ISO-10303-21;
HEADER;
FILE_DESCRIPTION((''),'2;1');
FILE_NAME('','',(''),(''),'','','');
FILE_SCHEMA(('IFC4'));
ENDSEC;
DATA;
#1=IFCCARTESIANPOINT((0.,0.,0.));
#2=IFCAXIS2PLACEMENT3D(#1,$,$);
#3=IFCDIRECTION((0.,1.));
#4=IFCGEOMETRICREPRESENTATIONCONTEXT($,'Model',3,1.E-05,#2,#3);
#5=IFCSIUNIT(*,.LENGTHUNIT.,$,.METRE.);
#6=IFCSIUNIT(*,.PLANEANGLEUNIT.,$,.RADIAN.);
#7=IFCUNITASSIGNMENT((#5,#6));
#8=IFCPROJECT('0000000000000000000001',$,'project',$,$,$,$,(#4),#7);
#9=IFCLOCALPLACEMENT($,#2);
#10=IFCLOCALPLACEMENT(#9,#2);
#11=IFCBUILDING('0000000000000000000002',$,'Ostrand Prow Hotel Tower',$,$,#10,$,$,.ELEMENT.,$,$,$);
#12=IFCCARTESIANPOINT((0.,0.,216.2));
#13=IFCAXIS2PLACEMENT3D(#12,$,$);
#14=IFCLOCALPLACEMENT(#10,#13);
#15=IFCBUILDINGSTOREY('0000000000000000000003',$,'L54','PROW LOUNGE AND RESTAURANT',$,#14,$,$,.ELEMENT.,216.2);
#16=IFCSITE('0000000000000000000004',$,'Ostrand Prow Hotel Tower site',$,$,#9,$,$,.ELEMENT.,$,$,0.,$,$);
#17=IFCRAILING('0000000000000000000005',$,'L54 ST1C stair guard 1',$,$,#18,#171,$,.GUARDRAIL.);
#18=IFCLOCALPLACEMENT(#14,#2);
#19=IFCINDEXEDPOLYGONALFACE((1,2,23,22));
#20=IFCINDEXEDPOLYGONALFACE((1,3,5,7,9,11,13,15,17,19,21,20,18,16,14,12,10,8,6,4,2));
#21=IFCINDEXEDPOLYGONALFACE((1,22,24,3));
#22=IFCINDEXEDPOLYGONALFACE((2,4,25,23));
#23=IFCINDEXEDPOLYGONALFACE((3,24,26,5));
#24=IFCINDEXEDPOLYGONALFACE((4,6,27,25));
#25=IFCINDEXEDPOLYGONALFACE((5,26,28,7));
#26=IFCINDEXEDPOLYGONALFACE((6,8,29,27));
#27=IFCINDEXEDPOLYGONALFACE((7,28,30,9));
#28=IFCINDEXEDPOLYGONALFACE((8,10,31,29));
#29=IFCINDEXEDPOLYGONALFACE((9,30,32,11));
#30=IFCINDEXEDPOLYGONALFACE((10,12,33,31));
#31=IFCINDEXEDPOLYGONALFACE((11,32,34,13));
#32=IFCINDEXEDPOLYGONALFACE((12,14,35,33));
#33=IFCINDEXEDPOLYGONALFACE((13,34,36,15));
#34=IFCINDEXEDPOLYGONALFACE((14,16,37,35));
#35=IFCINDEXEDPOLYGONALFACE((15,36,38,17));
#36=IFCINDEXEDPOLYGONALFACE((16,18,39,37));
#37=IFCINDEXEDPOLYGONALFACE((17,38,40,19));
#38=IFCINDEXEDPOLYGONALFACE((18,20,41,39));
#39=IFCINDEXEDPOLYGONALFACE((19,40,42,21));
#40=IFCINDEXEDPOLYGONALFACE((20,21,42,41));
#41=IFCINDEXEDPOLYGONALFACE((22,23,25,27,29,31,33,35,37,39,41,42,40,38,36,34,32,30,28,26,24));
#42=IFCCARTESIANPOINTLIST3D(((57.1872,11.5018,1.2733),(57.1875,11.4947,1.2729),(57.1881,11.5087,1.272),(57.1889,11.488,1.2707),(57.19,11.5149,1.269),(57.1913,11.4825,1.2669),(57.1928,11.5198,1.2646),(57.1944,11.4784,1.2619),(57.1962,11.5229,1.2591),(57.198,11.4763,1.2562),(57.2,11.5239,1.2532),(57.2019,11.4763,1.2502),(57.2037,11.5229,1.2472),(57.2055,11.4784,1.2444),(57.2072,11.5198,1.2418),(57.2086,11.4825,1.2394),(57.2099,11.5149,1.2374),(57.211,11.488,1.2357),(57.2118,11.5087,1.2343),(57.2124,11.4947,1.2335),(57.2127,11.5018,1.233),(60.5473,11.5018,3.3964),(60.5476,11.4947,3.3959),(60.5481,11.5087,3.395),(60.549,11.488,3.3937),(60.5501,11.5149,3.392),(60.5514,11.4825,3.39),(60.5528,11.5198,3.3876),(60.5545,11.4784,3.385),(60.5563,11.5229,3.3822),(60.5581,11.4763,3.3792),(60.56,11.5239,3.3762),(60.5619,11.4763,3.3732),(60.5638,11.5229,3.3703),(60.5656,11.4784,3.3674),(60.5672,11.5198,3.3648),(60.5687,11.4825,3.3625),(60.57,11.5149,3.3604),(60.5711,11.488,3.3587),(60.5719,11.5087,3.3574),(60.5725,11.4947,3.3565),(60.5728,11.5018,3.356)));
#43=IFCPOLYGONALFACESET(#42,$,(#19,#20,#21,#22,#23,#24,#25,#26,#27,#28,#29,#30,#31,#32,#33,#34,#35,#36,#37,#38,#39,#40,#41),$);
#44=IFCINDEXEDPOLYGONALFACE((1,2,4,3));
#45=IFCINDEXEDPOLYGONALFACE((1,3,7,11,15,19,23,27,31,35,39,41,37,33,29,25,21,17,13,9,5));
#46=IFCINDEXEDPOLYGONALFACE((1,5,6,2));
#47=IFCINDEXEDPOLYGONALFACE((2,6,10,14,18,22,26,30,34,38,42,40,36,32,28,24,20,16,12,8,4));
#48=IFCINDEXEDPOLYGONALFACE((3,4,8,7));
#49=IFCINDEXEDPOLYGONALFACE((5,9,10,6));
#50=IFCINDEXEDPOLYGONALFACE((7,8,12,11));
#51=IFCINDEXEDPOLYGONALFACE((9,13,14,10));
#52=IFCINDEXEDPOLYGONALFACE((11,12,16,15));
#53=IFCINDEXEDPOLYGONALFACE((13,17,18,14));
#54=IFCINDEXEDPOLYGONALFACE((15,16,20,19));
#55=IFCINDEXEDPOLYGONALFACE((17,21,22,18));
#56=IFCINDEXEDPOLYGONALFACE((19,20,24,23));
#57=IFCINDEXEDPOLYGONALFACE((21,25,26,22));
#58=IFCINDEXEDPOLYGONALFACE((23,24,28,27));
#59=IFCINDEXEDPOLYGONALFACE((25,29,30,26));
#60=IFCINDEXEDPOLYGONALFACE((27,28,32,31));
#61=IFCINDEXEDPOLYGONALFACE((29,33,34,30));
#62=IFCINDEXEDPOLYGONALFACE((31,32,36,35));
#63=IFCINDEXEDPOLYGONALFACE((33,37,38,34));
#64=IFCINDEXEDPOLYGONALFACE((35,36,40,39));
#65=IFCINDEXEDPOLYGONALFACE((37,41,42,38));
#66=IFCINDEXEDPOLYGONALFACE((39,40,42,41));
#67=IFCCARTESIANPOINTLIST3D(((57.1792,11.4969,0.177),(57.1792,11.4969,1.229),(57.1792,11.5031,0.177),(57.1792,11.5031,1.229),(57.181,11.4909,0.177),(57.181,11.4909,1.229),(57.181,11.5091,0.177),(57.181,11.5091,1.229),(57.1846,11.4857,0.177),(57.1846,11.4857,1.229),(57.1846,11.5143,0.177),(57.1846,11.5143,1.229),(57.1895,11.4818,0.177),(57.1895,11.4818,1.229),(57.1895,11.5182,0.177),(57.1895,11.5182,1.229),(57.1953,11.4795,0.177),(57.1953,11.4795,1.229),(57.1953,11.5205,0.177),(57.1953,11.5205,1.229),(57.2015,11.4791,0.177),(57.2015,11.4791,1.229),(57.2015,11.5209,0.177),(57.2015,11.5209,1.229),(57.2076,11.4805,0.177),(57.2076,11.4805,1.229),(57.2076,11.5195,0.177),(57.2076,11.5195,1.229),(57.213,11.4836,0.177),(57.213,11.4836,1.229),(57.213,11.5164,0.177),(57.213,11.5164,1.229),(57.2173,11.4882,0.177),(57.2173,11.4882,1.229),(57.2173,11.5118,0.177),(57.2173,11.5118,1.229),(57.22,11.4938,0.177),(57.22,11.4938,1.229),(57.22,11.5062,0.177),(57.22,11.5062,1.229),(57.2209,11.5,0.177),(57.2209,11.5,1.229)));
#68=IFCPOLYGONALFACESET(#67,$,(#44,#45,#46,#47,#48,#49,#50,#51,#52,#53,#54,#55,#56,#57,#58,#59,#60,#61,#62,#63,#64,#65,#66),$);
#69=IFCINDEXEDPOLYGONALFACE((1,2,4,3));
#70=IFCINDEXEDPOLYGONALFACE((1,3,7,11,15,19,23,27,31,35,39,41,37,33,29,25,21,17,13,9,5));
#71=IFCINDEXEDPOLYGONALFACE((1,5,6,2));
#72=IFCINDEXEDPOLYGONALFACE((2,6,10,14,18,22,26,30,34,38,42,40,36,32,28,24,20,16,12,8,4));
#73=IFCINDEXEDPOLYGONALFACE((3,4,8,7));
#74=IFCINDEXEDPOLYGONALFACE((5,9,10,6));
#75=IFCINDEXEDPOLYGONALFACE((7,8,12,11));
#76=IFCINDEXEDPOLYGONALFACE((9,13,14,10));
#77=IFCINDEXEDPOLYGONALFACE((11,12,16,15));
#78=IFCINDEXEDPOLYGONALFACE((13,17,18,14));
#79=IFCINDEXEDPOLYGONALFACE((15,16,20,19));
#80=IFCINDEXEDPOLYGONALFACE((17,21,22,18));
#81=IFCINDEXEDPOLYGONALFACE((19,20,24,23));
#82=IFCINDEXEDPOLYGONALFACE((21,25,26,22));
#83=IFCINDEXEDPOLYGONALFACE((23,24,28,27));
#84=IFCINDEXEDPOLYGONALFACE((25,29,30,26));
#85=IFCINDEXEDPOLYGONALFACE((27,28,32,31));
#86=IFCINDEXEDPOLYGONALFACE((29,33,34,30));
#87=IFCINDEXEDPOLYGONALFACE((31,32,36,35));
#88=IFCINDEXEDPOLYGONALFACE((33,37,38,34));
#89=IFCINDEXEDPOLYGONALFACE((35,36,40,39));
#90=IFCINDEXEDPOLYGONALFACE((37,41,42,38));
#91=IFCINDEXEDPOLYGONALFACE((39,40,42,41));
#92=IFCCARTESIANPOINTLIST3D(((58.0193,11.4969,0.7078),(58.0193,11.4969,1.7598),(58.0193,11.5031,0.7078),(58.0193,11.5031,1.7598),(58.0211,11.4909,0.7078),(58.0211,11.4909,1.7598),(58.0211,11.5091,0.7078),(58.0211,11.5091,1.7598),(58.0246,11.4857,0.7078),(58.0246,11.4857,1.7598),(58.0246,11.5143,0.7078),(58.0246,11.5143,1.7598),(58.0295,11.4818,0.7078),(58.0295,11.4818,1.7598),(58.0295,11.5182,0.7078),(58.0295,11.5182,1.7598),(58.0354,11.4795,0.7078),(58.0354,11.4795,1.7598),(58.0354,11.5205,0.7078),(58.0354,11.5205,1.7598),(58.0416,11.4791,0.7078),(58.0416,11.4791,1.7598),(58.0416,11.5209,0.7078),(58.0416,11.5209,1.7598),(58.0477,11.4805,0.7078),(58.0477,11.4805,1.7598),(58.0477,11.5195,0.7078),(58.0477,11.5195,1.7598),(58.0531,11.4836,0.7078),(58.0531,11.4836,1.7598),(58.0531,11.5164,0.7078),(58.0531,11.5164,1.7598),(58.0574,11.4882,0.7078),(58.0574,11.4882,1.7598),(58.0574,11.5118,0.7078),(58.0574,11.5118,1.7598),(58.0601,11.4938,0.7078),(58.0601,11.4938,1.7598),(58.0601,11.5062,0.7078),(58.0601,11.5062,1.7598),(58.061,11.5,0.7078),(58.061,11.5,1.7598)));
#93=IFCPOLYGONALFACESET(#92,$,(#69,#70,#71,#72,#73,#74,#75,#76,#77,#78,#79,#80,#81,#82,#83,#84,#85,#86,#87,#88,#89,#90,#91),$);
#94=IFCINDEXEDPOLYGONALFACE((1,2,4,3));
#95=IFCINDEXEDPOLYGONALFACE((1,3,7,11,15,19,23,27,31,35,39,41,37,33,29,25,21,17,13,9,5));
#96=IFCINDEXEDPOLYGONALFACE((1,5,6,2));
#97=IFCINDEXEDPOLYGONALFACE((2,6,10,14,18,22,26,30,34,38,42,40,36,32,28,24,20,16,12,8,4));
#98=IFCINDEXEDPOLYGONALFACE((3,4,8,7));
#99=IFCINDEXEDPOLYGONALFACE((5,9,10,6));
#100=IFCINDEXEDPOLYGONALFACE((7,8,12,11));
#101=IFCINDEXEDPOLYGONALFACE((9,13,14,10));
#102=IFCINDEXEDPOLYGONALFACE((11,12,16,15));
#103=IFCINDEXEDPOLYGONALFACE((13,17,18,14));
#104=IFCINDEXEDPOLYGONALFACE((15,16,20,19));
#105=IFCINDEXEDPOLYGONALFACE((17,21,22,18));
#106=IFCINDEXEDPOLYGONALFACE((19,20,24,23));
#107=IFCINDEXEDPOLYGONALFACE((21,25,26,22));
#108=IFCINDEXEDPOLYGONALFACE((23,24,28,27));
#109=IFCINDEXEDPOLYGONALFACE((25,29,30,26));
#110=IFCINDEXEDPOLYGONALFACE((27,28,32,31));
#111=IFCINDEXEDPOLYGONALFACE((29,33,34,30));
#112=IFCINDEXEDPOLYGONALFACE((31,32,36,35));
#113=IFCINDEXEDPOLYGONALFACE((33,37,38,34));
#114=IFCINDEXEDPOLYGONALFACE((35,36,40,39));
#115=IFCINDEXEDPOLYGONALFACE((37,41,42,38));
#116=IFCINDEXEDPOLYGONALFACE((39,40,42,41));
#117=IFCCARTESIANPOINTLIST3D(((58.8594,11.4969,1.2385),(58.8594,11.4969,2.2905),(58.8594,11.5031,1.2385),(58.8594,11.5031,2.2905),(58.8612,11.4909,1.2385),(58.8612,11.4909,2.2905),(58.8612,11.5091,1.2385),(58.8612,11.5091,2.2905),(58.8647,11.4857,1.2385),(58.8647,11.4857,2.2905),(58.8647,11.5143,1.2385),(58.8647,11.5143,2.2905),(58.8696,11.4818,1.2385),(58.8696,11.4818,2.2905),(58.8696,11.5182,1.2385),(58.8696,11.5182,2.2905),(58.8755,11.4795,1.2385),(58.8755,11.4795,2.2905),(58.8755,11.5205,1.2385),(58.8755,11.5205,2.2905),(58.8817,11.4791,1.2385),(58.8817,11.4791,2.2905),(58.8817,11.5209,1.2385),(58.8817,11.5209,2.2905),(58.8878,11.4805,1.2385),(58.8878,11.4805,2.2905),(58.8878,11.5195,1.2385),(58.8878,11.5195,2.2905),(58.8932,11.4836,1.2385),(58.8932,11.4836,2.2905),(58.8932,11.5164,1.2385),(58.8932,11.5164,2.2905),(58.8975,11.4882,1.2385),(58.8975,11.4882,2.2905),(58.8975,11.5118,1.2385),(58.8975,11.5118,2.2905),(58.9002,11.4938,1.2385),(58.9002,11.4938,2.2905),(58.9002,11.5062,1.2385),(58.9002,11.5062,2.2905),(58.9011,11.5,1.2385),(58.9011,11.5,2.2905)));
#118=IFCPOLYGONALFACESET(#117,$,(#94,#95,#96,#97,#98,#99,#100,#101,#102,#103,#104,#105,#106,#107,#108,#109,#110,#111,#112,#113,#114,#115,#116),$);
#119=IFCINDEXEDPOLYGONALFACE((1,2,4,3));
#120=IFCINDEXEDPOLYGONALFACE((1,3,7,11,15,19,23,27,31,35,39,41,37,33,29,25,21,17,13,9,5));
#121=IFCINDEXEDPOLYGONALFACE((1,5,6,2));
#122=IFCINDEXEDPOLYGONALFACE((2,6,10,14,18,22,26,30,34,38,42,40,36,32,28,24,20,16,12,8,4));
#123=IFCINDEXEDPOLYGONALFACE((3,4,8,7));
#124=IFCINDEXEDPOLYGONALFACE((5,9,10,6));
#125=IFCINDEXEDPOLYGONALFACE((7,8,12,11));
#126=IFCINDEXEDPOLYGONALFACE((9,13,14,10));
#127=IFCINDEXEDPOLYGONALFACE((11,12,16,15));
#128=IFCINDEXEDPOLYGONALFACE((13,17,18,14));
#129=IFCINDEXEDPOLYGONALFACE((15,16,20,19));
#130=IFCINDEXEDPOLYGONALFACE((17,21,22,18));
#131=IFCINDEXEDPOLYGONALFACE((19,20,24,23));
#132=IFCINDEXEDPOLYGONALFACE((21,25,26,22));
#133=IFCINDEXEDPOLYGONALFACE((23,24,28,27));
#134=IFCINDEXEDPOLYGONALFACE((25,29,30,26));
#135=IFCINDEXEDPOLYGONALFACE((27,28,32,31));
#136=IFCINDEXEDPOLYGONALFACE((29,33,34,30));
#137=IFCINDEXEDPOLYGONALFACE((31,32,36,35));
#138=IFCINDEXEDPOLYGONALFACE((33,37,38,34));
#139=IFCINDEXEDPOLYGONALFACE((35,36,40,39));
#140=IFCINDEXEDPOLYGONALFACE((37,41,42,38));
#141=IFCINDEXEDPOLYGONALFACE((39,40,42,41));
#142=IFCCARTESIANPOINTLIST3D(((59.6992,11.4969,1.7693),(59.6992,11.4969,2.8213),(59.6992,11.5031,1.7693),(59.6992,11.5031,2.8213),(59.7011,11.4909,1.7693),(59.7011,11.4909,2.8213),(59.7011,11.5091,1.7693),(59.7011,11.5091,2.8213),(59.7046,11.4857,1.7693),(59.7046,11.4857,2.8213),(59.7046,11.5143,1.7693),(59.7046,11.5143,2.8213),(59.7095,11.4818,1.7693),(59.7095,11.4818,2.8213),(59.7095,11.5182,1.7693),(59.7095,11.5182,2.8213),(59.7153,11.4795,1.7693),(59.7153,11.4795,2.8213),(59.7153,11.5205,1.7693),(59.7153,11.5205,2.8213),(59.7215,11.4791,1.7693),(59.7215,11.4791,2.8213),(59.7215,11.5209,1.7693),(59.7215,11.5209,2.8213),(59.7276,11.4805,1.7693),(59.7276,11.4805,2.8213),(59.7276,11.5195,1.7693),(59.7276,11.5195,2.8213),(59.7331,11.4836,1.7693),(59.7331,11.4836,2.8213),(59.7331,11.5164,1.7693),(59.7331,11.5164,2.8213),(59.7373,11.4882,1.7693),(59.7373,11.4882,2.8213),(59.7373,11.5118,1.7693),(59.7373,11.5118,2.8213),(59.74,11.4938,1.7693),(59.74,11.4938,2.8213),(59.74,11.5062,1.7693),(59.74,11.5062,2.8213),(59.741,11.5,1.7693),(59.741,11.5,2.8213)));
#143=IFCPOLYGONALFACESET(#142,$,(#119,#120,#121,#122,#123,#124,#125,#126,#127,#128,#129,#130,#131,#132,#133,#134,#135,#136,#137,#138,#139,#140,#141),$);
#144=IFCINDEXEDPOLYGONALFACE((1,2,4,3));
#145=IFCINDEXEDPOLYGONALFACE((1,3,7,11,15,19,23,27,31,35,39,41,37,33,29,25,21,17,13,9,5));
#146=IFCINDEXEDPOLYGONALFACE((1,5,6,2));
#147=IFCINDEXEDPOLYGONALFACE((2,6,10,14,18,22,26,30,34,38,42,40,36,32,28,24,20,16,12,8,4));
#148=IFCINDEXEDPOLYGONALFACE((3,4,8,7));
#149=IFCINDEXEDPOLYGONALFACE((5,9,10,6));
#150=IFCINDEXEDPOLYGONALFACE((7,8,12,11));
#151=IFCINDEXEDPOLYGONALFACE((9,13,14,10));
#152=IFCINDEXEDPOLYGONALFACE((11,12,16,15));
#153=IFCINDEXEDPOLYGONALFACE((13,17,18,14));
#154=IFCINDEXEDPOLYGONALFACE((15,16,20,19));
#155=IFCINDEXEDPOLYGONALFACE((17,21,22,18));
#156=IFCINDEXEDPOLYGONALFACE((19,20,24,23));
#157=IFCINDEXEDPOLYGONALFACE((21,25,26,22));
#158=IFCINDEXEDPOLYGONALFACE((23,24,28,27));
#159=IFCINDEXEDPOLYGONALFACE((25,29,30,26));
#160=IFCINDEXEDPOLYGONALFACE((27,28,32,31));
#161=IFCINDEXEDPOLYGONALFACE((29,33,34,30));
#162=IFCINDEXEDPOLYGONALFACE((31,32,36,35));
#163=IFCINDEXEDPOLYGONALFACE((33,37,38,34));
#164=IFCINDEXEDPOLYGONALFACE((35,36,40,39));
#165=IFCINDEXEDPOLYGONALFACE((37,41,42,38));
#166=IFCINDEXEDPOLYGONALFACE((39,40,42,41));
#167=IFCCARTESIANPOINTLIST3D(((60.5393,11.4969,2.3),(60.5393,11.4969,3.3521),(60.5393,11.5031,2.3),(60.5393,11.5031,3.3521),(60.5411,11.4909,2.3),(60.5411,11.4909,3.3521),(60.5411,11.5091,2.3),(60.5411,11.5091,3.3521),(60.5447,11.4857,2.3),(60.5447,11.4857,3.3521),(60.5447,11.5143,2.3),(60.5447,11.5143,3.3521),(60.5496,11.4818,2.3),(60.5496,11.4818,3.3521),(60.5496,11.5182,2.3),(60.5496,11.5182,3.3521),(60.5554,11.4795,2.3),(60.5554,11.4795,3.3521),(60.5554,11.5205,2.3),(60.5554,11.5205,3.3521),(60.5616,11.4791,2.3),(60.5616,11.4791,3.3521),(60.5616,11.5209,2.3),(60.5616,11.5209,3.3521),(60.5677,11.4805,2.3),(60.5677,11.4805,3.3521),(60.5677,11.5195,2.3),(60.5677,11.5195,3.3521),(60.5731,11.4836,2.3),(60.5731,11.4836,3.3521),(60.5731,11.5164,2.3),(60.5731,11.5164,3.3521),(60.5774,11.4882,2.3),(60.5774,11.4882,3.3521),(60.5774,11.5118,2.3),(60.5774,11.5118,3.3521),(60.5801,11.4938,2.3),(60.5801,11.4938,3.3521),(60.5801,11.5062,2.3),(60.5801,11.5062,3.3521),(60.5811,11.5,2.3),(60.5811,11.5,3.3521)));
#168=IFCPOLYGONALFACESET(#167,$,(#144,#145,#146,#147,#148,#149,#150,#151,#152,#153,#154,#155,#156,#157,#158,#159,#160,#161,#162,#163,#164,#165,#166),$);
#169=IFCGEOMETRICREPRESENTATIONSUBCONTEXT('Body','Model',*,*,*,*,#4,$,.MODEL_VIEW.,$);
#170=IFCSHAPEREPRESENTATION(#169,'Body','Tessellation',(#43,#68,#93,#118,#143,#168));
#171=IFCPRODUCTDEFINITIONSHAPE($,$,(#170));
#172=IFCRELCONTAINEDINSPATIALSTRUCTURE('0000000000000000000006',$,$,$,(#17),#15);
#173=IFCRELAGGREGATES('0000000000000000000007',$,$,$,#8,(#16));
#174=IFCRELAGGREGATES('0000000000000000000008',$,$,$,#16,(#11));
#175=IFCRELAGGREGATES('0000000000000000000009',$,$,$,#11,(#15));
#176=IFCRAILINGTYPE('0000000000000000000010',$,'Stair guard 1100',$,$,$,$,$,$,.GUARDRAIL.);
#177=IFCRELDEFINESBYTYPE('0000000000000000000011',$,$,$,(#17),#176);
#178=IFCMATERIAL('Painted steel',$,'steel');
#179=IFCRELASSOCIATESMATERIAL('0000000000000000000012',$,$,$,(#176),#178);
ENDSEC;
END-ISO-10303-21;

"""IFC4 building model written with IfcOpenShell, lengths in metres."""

from ifc_helpers import new_model, si_unit, direction, frame, origin, origin_2d, place, context, subcontext, project, spatial, circle, extrude, material, type_object, element, save


model = new_model("IFC4")

# Units and contexts
model_context = context("Model", 3, precision=1e-05, world=origin(), true_north=direction((0.0, 1.0)))
body_context = subcontext(model_context, "Body", "Model", "MODEL_VIEW")
ifc_project = project(units=[si_unit("LENGTHUNIT", "METRE"), si_unit("PLANEANGLEUNIT", "RADIAN")], contexts=[model_context])

# Site, building, storey
site_placement = place(None, origin())
site = spatial("IfcSite", under=ifc_project, at=site_placement, Name="Ostrand Prow Hotel Tower site", CompositionType="ELEMENT", RefElevation=0.0)
building_placement = place(site_placement, origin())
building = spatial("IfcBuilding", under=site, at=building_placement, Name="Ostrand Prow Hotel Tower", CompositionType="ELEMENT")
storey_placement = place(building_placement, frame((0.0, 0.0, 216.2)))
storey = spatial("IfcBuildingStorey", under=building, at=storey_placement, Name="L54", Description="PROW LOUNGE AND RESTAURANT", CompositionType="ELEMENT", Elevation=216.2)

# Railing
ifc_material_1 = material(Name="Painted steel", Category="steel")
railing_type_1 = type_object("IfcRailingType", Name="Stair guard 1100", PredefinedType="GUARDRAIL", material=ifc_material_1)
railing_1_placement = place(storey_placement, frame((57.2, 11.5, 0.177)))
element("IfcRailing", 1, at=railing_1_placement, inside=storey, type_object=railing_type_1, Name="L54 ST1C stair guard 1", PredefinedType="GUARDRAIL", context=body_context, shape_type="SweptSolid", body=[
    extrude(circle(Radius=0.0239, at=origin_2d()), frame((0.0, 0.0, 1.0762), z_axis=(0.84539, 0.0, 0.53415), x_axis=(0.0, 1.0, 0.0)), (0.0, 0.0, 1.0), 3.9746),
    extrude(circle(Radius=0.021, at=origin_2d()), origin(), (0.0, 0.0, 1.0), 1.052),
    extrude(circle(Radius=0.021, at=origin_2d()), frame((0.8401, 0.0, 0.5308)), (0.0, 0.0, 1.0), 1.052),
    extrude(circle(Radius=0.021, at=origin_2d()), frame((1.6802, 0.0, 1.0615)), (0.0, 0.0, 1.0), 1.052),
    extrude(circle(Radius=0.021, at=origin_2d()), frame((2.52, 0.0, 1.5923)), (0.0, 0.0, 1.0), 1.052),
    extrude(circle(Radius=0.021, at=origin_2d()), frame((3.3601, 0.0, 2.123)), (0.0, 0.0, 1.0), 1.052),
])

save(model, "model.ifc")
